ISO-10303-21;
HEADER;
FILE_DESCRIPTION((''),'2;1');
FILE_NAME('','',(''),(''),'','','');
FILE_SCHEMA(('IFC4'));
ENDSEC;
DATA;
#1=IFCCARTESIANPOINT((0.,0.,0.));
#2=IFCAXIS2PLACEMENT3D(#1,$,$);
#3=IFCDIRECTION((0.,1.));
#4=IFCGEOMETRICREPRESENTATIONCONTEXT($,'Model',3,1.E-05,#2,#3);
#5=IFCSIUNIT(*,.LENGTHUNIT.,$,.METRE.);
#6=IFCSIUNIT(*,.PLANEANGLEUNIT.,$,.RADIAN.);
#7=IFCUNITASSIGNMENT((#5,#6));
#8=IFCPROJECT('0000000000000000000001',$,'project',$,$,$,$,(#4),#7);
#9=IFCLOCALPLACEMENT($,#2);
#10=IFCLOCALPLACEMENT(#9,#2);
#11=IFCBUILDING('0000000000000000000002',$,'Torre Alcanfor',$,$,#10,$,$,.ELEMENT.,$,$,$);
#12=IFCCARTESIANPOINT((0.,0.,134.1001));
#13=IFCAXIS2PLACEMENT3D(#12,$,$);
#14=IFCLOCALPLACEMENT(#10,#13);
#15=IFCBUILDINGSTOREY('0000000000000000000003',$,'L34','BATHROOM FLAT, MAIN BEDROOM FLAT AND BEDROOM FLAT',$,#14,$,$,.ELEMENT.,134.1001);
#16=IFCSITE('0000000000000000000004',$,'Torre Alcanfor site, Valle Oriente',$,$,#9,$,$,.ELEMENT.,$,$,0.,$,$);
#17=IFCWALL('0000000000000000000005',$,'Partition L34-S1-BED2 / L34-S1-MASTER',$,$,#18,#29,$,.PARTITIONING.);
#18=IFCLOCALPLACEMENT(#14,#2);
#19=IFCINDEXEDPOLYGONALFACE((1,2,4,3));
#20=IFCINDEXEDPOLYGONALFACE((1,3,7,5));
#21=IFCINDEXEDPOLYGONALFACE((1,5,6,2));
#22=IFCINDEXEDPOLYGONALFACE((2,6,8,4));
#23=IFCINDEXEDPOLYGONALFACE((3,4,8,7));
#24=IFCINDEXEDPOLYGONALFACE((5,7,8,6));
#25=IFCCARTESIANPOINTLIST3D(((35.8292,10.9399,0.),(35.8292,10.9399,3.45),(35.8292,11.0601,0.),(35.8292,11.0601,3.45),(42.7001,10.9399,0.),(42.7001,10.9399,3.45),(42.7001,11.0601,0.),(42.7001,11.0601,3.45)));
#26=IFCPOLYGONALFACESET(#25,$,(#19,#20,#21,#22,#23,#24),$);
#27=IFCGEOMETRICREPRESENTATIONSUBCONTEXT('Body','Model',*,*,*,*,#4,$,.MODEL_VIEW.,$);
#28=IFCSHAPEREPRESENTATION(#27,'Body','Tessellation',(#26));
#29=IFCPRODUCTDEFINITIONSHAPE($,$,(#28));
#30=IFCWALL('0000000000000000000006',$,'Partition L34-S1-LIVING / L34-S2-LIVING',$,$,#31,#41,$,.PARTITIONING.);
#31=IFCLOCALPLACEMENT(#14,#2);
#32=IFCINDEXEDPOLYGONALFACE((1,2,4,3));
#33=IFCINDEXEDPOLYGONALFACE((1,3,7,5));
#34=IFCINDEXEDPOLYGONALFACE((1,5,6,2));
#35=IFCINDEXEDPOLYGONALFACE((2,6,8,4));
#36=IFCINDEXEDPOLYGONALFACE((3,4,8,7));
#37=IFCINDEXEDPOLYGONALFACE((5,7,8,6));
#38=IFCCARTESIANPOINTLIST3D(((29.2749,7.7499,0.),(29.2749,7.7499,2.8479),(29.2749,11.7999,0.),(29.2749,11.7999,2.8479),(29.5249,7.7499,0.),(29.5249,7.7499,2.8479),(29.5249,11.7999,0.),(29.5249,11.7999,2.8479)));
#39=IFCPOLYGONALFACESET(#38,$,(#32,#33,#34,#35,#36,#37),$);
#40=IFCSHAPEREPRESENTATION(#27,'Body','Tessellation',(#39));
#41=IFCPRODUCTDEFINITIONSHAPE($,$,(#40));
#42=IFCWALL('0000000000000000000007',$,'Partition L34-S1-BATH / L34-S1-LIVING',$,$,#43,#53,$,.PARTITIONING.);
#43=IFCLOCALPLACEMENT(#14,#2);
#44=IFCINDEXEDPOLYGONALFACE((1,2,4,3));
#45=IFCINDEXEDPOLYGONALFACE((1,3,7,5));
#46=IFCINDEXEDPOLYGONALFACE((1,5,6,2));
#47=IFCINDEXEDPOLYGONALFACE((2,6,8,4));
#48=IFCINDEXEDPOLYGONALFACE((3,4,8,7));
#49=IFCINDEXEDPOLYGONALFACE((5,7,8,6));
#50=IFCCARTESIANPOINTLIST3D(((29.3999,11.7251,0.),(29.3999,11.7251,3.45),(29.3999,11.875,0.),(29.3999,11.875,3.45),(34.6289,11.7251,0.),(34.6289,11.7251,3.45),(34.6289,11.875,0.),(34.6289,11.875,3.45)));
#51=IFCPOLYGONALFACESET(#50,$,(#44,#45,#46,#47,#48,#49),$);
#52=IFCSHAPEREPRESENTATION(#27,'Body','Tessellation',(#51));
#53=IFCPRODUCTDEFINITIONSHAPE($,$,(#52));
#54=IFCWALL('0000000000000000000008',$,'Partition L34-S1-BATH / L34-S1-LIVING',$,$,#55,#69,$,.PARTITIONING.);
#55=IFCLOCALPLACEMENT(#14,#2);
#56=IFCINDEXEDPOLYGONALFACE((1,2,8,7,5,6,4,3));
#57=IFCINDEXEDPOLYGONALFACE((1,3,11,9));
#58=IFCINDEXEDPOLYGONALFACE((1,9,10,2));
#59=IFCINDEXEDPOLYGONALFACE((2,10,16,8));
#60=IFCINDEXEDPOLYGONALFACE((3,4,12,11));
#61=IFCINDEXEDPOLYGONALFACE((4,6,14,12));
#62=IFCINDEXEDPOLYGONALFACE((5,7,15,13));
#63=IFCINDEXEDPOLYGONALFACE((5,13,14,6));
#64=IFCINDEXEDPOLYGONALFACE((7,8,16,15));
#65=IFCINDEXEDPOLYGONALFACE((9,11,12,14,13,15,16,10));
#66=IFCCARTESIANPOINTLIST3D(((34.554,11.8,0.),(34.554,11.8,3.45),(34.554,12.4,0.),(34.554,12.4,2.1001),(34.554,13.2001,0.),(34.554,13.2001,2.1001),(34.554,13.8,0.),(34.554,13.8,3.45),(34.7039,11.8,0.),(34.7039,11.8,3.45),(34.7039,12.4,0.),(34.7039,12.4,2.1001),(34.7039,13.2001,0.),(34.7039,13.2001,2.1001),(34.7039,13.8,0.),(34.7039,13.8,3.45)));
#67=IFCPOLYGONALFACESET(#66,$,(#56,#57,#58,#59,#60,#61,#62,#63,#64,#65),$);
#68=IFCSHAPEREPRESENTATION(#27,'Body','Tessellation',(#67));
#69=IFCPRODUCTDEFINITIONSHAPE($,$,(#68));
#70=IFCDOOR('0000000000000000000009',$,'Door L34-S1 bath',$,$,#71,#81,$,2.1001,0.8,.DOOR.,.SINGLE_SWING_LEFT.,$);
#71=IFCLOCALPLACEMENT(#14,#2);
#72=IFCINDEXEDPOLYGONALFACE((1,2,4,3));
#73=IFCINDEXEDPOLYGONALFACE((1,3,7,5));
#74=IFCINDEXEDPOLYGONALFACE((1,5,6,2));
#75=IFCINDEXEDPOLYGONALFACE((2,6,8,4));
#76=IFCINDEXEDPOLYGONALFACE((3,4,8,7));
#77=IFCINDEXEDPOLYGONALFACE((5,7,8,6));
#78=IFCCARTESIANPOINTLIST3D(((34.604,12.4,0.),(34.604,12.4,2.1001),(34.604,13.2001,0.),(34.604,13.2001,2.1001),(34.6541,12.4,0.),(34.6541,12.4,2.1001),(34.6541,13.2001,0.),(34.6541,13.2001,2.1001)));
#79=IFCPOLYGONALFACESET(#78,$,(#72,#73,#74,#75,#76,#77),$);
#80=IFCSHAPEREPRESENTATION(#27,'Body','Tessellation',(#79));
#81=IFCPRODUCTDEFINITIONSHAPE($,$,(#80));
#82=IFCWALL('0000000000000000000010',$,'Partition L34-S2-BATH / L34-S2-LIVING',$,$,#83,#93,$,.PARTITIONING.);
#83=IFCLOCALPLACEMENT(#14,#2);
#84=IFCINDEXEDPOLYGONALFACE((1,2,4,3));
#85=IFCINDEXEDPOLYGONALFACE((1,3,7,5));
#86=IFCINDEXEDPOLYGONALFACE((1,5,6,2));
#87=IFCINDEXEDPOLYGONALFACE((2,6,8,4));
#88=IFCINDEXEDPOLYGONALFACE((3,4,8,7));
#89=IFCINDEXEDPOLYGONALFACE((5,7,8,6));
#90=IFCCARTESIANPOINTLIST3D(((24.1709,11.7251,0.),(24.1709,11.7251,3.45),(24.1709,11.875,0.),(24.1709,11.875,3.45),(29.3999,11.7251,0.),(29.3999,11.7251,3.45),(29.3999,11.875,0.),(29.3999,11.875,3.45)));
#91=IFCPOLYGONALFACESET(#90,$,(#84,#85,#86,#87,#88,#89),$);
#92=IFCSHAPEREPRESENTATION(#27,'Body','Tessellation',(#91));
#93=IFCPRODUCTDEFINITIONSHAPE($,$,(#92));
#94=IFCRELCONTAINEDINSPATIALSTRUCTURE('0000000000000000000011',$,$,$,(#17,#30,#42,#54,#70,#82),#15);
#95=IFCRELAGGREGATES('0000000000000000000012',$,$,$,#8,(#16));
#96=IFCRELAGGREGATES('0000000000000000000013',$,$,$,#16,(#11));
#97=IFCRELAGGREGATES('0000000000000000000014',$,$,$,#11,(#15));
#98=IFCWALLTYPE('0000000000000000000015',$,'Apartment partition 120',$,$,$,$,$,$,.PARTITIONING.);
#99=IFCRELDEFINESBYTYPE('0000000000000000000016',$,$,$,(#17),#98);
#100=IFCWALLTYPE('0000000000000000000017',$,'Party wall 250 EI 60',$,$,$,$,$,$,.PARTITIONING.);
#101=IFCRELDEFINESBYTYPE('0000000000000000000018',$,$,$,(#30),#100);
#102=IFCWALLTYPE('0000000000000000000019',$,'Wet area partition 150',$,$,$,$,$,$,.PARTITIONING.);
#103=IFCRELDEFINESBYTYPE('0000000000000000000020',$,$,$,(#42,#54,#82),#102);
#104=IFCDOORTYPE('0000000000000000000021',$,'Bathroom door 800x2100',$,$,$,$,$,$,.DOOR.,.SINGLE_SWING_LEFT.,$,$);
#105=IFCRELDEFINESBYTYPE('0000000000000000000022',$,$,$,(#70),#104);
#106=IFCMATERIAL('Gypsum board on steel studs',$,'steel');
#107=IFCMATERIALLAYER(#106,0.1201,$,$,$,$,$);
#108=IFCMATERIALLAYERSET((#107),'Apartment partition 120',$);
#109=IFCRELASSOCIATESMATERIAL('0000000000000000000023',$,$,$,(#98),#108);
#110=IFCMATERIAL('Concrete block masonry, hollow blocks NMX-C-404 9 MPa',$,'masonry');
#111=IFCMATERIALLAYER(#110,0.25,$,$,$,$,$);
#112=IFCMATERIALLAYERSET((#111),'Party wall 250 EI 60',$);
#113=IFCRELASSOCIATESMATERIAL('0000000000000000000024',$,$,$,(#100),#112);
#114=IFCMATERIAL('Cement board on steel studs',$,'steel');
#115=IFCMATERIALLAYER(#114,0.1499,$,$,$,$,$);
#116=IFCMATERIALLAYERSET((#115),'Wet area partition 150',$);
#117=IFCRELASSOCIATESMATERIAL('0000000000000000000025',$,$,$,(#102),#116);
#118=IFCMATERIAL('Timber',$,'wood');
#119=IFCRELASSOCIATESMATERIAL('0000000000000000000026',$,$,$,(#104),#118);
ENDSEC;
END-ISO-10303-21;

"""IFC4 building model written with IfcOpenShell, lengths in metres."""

from ifc_helpers import new_model, si_unit, direction, frame, frame_2d, origin, place, context, subcontext, project, spatial, rectangle, extrude, material, layer, layer_set, type_object, element, fill, save


model = new_model("IFC4")

# Units and contexts
model_context = context("Model", 3, precision=1e-05, world=origin(), true_north=direction((0.0, 1.0)))
body_context = subcontext(model_context, "Body", "Model", "MODEL_VIEW")
ifc_project = project(units=[si_unit("LENGTHUNIT", "METRE"), si_unit("PLANEANGLEUNIT", "RADIAN")], contexts=[model_context])

# Site, building, storey
site_placement = place(None, origin())
site = spatial("IfcSite", under=ifc_project, at=site_placement, Name="Torre Alcanfor site, Valle Oriente", CompositionType="ELEMENT", RefElevation=0.0)
building_placement = place(site_placement, origin())
building = spatial("IfcBuilding", under=site, at=building_placement, Name="Torre Alcanfor", CompositionType="ELEMENT")
storey_placement = place(building_placement, frame((0.0, 0.0, 134.1001)))
storey = spatial("IfcBuildingStorey", under=building, at=storey_placement, Name="L34", Description="BATHROOM FLAT, MAIN BEDROOM FLAT AND BEDROOM FLAT", CompositionType="ELEMENT", Elevation=134.1001)

# Shared definitions
ifc_material_1 = material(Name="Gypsum board on steel studs", Category="steel")
ifc_layer_1 = layer(ifc_material_1, 0.1201)
ifc_layer_set_1 = layer_set([ifc_layer_1], Name="Apartment partition 120")
wall_type_1 = type_object("IfcWallType", Name="Apartment partition 120", PredefinedType="PARTITIONING", material=ifc_layer_set_1)

# Walls
wall_1_placement = place(storey_placement, frame((35.8291, 11.0, 0.0), z_axis=(0.0, 0.0, 1.0), x_axis=(1.0, 0.0, 0.0)))
element("IfcWall", 1, at=wall_1_placement, inside=storey, type_object=wall_type_1, Name="Partition L34-S1-BED2 / L34-S1-MASTER", PredefinedType="PARTITIONING", context=body_context, shape_type="SweptSolid", body=[
    extrude(rectangle(XDim=6.8708, YDim=0.1201, at=frame_2d((3.4355, 0.0))), origin(), (0.0, 0.0, 1.0), 3.45),
])
ifc_material_2 = material(Name="Concrete block masonry, hollow blocks NMX-C-404 9 MPa", Category="masonry")
ifc_layer_2 = layer(ifc_material_2, 0.25)
ifc_layer_set_2 = layer_set([ifc_layer_2], Name="Party wall 250 EI 60")
wall_type_2 = type_object("IfcWallType", Name="Party wall 250 EI 60", PredefinedType="PARTITIONING", material=ifc_layer_set_2)
wall_2_placement = place(storey_placement, frame((29.3999, 7.75, 0.0), z_axis=(0.0, 0.0, 1.0), x_axis=(0.0, 1.0, 0.0)))
element("IfcWall", 2, at=wall_2_placement, inside=storey, type_object=wall_type_2, Name="Partition L34-S1-LIVING / L34-S2-LIVING", PredefinedType="PARTITIONING", context=body_context, shape_type="SweptSolid", body=[
    extrude(rectangle(XDim=4.05, YDim=0.25, at=frame_2d((2.0249, 0.0))), origin(), (0.0, 0.0, 1.0), 2.8479),
])
ifc_material_3 = material(Name="Cement board on steel studs", Category="steel")
ifc_layer_3 = layer(ifc_material_3, 0.1499)
ifc_layer_set_3 = layer_set([ifc_layer_3], Name="Wet area partition 150")
wall_type_3 = type_object("IfcWallType", Name="Wet area partition 150", PredefinedType="PARTITIONING", material=ifc_layer_set_3)
wall_3_placement = place(storey_placement, frame((29.3999, 11.8, 0.0), z_axis=(0.0, 0.0, 1.0), x_axis=(1.0, 0.0, 0.0)))
element("IfcWall", 3, at=wall_3_placement, inside=storey, type_object=wall_type_3, Name="Partition L34-S1-BATH / L34-S1-LIVING", PredefinedType="PARTITIONING", context=body_context, shape_type="SweptSolid", body=[
    extrude(rectangle(XDim=5.229, YDim=0.1499, at=frame_2d((2.6145, 0.0))), origin(), (0.0, 0.0, 1.0), 3.45),
])

# Wall, opening, door
wall_4_placement = place(storey_placement, frame((34.6289, 11.8, 0.0), z_axis=(0.0, 0.0, 1.0), x_axis=(0.0, 1.0, 0.0)))
wall_4 = element("IfcWall", 4, at=wall_4_placement, inside=storey, type_object=wall_type_3, Name="Partition L34-S1-BATH / L34-S1-LIVING", PredefinedType="PARTITIONING", context=body_context, shape_type="SweptSolid", body=[
    extrude(rectangle(XDim=2.0, YDim=0.1499, at=frame_2d((1.0, 0.0))), origin(), (0.0, 0.0, 1.0), 3.45),
])
opening_1_placement = place(wall_4_placement, frame((0.6001, 0.0, 0.0)))
opening_1 = element("IfcOpeningElement", 5, at=opening_1_placement, cuts=wall_4, PredefinedType="OPENING", context=body_context, shape_type="SweptSolid", body=[
    extrude(rectangle(XDim=0.8, YDim=2.1001, at=frame_2d((0.3999, 1.05))), frame((0.0, 0.085, 0.0), z_axis=(0.0, -1.0, 0.0), x_axis=(1.0, 0.0, 0.0)), (0.0, 0.0, 1.0), 0.1699),
])
ifc_material_4 = material(Name="Timber", Category="wood")
door_type_1 = type_object("IfcDoorType", Name="Bathroom door 800x2100", OperationType="SINGLE_SWING_LEFT", PredefinedType="DOOR", material=ifc_material_4)
door_1_placement = place(opening_1_placement, origin())
door_1 = element("IfcDoor", 6, at=door_1_placement, inside=storey, type_object=door_type_1, Name="Door L34-S1 bath", OperationType="SINGLE_SWING_LEFT", OverallHeight=2.1001, OverallWidth=0.8, PredefinedType="DOOR", context=body_context, shape_type="SweptSolid", body=[
    extrude(rectangle(XDim=0.8, YDim=2.1001, at=frame_2d((0.3999, 1.05))), frame((0.0, 0.0249, 0.0), z_axis=(0.0, -1.0, 0.0), x_axis=(1.0, 0.0, 0.0)), (0.0, 0.0, 1.0), 0.05),
])
fill(opening_1, door_1)

# Wall
wall_5_placement = place(storey_placement, frame((29.3999, 11.8, 0.0), z_axis=(0.0, 0.0, 1.0), x_axis=(-1.0, 0.0, 0.0)))
element("IfcWall", 7, at=wall_5_placement, inside=storey, type_object=wall_type_3, Name="Partition L34-S2-BATH / L34-S2-LIVING", PredefinedType="PARTITIONING", context=body_context, shape_type="SweptSolid", body=[
    extrude(rectangle(XDim=5.229, YDim=0.1499, at=frame_2d((2.6145, 0.0))), origin(), (0.0, 0.0, 1.0), 3.45),
])

save(model, "model.ifc")
